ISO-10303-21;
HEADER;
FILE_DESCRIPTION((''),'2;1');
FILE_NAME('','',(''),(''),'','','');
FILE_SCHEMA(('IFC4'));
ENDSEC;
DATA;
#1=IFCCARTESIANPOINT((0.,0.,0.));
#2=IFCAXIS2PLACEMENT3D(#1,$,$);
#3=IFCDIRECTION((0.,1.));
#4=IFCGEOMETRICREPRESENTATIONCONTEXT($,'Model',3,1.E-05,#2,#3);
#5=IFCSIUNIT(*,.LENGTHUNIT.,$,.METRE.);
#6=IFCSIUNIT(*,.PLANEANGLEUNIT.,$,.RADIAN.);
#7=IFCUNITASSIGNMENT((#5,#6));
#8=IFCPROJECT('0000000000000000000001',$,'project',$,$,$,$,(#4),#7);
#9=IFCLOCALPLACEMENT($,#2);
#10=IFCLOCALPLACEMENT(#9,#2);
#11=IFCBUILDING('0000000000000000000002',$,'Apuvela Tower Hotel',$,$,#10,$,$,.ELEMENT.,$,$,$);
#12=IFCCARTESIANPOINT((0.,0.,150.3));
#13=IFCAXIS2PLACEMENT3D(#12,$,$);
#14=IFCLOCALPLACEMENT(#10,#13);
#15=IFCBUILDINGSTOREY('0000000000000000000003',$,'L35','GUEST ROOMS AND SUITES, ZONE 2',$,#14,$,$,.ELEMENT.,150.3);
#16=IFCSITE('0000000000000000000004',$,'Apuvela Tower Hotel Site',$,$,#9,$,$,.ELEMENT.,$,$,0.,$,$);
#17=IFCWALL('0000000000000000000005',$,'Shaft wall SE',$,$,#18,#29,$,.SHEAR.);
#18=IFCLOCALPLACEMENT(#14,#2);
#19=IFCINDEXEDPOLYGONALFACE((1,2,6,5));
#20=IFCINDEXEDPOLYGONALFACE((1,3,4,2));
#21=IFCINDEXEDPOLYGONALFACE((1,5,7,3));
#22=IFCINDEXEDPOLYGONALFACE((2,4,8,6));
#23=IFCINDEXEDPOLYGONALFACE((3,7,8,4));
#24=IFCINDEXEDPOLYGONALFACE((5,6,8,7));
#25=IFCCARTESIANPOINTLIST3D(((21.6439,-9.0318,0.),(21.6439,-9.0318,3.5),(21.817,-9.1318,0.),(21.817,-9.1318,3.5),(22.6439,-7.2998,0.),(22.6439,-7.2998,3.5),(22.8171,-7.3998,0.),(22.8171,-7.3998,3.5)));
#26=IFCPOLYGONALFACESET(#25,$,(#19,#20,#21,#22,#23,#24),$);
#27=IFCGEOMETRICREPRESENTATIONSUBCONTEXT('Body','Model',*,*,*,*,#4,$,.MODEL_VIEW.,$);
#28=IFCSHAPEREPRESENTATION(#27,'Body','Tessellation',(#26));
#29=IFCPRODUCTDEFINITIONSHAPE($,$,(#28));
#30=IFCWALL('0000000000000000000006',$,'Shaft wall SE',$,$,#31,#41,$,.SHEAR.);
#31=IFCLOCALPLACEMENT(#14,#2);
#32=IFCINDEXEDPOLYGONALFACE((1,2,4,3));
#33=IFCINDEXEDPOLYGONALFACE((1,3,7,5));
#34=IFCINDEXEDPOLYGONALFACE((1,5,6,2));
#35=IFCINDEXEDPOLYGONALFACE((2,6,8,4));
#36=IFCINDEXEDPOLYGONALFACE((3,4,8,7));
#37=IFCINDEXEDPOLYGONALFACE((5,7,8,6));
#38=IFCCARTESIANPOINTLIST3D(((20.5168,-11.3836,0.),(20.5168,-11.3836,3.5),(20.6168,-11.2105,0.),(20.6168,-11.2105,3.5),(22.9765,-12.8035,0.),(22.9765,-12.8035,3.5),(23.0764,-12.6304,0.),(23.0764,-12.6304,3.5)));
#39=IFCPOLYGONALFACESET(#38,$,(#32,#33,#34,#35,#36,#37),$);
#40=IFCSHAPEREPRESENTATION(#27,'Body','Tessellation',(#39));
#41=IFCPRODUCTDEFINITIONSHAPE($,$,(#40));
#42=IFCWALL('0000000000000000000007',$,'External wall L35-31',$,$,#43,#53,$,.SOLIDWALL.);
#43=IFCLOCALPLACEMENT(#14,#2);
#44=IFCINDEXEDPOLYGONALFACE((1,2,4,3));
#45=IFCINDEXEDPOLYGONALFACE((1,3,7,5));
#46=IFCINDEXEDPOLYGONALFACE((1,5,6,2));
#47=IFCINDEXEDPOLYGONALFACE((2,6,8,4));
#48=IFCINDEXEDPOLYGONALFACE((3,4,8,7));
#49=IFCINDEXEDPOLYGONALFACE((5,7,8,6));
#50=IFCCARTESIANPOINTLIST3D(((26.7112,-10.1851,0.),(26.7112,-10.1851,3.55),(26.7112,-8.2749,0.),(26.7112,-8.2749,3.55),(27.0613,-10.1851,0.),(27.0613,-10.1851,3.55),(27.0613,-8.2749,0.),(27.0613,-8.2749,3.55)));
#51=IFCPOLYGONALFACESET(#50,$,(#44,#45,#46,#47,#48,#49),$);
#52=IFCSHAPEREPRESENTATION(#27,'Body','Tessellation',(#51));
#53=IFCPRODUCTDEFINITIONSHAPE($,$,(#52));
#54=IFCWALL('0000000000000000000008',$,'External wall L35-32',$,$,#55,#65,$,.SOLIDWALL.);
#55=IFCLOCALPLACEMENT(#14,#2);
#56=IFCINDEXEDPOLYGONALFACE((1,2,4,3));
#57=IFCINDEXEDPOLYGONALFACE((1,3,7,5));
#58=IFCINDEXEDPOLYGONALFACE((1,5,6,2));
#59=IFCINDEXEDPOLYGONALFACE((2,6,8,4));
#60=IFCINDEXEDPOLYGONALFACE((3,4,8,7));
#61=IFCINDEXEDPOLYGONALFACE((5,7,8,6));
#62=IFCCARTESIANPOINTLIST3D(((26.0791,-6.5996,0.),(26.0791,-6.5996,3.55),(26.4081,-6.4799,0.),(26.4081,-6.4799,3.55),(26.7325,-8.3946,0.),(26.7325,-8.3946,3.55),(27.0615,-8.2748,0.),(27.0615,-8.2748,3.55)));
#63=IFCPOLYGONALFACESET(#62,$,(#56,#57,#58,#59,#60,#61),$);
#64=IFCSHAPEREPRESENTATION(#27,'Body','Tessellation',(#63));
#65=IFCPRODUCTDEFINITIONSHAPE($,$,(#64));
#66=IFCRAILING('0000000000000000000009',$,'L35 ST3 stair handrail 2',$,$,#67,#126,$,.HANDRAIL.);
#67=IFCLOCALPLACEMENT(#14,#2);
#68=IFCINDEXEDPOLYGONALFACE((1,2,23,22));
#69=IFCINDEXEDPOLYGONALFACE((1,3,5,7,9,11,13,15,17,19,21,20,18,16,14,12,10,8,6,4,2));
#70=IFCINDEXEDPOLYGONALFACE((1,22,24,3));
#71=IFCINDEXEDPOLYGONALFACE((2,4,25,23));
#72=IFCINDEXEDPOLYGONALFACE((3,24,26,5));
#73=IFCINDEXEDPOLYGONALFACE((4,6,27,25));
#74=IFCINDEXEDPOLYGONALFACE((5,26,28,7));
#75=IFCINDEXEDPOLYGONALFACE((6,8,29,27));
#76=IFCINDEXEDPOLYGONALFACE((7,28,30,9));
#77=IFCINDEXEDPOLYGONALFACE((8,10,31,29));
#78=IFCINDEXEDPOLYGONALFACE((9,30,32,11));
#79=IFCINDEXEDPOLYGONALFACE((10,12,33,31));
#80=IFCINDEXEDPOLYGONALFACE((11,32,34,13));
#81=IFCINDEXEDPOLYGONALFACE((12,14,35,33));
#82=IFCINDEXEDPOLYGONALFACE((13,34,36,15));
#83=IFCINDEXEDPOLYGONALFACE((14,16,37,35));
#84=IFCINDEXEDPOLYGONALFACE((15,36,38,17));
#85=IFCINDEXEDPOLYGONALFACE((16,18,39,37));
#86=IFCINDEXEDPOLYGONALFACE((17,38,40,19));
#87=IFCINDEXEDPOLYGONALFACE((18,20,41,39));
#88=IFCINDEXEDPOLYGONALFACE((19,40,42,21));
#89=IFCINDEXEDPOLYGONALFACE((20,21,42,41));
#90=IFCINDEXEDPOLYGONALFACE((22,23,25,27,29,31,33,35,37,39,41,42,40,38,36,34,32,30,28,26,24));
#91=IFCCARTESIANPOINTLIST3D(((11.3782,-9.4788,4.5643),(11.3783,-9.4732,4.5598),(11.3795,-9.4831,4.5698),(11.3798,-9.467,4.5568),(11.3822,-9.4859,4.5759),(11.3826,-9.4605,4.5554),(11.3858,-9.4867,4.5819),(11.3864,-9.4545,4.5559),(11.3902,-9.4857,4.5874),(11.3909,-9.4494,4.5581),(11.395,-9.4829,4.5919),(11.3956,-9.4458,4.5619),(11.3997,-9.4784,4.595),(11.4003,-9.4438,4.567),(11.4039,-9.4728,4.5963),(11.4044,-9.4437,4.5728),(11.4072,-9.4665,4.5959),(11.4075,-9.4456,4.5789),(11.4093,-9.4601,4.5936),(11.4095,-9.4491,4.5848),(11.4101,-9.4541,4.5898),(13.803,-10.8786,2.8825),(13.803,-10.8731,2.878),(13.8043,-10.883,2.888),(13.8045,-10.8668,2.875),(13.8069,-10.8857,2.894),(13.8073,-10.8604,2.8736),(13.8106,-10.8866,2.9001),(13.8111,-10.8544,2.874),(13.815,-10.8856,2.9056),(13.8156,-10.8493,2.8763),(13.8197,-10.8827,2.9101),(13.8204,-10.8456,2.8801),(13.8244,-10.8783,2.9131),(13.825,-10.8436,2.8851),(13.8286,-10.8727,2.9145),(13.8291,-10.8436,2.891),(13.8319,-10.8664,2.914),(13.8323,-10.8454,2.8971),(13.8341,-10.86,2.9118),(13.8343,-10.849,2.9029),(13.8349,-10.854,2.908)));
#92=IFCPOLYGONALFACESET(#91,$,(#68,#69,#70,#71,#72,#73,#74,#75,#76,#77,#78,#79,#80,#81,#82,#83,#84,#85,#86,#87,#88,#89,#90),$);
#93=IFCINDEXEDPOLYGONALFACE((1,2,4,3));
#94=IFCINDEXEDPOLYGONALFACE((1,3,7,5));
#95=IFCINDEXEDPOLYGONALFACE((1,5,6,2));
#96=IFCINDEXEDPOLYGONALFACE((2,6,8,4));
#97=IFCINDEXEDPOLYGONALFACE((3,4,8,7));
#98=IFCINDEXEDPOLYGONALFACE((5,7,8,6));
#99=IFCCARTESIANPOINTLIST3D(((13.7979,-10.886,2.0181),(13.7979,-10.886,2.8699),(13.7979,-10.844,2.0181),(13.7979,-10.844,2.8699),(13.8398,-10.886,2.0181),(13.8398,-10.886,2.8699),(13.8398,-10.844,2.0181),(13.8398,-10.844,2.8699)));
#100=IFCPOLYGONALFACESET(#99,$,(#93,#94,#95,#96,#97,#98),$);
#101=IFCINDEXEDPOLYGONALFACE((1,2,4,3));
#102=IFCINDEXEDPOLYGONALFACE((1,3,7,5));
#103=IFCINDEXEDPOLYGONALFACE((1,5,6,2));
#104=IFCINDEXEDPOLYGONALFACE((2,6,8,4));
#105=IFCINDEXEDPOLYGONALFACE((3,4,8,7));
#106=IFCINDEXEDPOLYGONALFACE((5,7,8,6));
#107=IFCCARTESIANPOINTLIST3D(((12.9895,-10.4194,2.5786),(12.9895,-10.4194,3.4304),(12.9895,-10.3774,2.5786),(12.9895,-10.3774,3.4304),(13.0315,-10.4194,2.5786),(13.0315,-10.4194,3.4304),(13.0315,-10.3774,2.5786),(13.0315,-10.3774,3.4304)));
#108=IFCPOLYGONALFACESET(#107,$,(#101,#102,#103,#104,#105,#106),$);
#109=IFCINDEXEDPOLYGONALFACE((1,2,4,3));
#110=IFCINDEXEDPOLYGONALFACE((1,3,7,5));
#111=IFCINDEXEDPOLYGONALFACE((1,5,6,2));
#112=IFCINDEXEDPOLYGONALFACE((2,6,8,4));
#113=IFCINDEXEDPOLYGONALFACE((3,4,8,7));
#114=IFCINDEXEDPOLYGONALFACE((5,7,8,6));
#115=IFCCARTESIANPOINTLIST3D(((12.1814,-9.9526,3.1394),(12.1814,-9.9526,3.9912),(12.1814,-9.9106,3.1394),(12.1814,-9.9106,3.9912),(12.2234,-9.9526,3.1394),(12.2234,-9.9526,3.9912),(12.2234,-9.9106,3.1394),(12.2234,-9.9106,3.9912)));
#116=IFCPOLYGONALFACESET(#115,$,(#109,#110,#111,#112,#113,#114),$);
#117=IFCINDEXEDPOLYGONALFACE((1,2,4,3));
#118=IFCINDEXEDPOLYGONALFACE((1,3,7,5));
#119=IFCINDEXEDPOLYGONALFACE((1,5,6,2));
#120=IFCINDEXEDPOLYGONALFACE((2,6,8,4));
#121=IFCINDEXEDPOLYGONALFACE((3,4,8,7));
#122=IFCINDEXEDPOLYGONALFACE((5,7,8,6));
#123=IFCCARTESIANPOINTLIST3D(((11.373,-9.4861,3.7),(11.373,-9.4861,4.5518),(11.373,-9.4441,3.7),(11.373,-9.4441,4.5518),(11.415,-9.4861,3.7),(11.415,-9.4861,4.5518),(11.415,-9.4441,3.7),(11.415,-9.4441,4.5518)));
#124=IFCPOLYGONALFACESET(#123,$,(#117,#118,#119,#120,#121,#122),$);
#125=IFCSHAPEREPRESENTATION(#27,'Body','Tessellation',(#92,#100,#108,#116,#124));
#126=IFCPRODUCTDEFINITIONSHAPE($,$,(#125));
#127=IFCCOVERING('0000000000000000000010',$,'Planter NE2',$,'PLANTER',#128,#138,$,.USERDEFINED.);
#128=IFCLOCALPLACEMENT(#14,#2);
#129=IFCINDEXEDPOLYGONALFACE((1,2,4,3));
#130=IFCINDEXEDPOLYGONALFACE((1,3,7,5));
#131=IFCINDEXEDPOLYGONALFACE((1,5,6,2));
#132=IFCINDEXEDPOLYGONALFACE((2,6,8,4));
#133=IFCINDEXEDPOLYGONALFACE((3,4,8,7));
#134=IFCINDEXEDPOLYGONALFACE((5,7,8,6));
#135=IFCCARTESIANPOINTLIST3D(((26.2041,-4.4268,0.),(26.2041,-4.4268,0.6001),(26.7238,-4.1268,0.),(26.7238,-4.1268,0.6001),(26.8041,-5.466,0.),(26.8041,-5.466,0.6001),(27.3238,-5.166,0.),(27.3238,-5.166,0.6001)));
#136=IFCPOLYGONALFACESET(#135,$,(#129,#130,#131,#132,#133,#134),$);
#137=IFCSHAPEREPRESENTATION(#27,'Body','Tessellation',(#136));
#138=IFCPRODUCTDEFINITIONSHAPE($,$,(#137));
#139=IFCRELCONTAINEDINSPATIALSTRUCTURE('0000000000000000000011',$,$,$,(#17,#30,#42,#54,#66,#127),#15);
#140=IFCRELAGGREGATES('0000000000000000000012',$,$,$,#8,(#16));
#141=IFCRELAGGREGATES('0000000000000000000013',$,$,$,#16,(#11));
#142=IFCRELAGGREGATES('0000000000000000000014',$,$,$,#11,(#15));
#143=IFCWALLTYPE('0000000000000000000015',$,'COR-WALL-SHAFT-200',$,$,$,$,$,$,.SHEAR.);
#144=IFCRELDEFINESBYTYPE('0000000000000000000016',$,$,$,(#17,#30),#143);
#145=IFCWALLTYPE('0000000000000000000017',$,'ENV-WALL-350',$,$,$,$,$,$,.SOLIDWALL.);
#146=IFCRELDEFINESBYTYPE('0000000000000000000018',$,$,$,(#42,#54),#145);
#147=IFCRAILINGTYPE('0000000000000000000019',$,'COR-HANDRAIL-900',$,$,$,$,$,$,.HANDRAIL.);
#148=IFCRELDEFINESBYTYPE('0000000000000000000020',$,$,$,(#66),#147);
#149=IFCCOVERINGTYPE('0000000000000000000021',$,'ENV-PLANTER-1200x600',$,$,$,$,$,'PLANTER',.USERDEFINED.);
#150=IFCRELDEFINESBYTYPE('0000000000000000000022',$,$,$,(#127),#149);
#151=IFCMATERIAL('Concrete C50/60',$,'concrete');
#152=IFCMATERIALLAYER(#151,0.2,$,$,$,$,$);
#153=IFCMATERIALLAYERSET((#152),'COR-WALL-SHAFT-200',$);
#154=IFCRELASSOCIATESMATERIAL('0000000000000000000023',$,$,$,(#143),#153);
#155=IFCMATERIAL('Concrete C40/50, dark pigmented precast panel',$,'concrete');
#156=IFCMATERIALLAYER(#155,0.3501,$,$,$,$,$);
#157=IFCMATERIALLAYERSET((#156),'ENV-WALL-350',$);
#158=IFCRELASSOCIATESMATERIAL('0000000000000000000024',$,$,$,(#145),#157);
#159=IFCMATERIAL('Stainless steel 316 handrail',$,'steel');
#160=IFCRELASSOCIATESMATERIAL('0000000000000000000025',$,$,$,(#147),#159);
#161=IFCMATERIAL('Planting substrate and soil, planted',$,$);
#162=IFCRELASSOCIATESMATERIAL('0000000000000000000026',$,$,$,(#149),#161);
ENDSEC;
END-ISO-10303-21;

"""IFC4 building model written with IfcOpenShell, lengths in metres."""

from ifc_helpers import new_model, si_unit, direction, frame, frame_2d, origin, origin_2d, place, context, subcontext, project, spatial, rectangle, circle, extrude, material, layer, layer_set, type_object, element, save


model = new_model("IFC4")

# Units and contexts
model_context = context("Model", 3, precision=1e-05, world=origin(), true_north=direction((0.0, 1.0)))
body_context = subcontext(model_context, "Body", "Model", "MODEL_VIEW")
ifc_project = project(units=[si_unit("LENGTHUNIT", "METRE"), si_unit("PLANEANGLEUNIT", "RADIAN")], contexts=[model_context])

# Site, building, storey
site_placement = place(None, origin())
site = spatial("IfcSite", under=ifc_project, at=site_placement, Name="Apuvela Tower Hotel Site", CompositionType="ELEMENT", RefElevation=0.0)
building_placement = place(site_placement, origin())
building = spatial("IfcBuilding", under=site, at=building_placement, Name="Apuvela Tower Hotel", CompositionType="ELEMENT")
storey_placement = place(building_placement, frame((0.0, 0.0, 150.3)))
storey = spatial("IfcBuildingStorey", under=building, at=storey_placement, Name="L35", Description="GUEST ROOMS AND SUITES, ZONE 2", CompositionType="ELEMENT", Elevation=150.3)

# Walls
ifc_material_1 = material(Name="Concrete C50/60", Category="concrete")
ifc_layer_1 = layer(ifc_material_1, 0.2)
ifc_layer_set_1 = layer_set([ifc_layer_1], Name="COR-WALL-SHAFT-200")
wall_type_1 = type_object("IfcWallType", Name="COR-WALL-SHAFT-200", PredefinedType="SHEAR", material=ifc_layer_set_1)
for number, where, z_axis, x_axis, name in (
    (1, (21.7305, -9.0818, 0.0), (0.0, 0.0, 1.0), (0.500025, 0.866011, 0.0), "Shaft wall SE"),
):
    element("IfcWall", number, at=place(storey_placement, frame(where, z_axis=z_axis, x_axis=x_axis)), inside=storey, type_object=wall_type_1, Name=name, PredefinedType="SHEAR", context=body_context, shape_type="SweptSolid", body=[
        extrude(rectangle(XDim=2.0, YDim=0.2, at=frame_2d((1.0, 0.0))), origin(), (0.0, 0.0, 1.0), 3.5),
    ])
wall_1_placement = place(storey_placement, frame((20.5669, -11.2971, 0.0), z_axis=(0.0, 0.0, 1.0), x_axis=(0.866055, -0.499948, 0.0)))
element("IfcWall", 2, at=wall_1_placement, inside=storey, type_object=wall_type_1, Name="Shaft wall SE", PredefinedType="SHEAR", context=body_context, shape_type="SweptSolid", body=[
    extrude(rectangle(XDim=2.8401, YDim=0.2, at=frame_2d((1.4199, 0.0))), origin(), (0.0, 0.0, 1.0), 3.5),
])
ifc_material_2 = material(Name="Concrete C40/50, dark pigmented precast panel", Category="concrete")
ifc_layer_2 = layer(ifc_material_2, 0.3501)
ifc_layer_set_2 = layer_set([ifc_layer_2], Name="ENV-WALL-350")
wall_type_2 = type_object("IfcWallType", Name="ENV-WALL-350", PredefinedType="SOLIDWALL", material=ifc_layer_set_2)
for number, where, z_axis, x_axis, name in (
    (3, (26.8862, -10.1851, 0.0), (0.0, 0.0, 1.0), (0.0, 1.0, 0.0), "External wall L35-31"),
    (4, (26.897, -8.3347, 0.0), (0.0, 0.0, 1.0), (-0.34203, 0.939689, 0.0), "External wall L35-32"),
):
    element("IfcWall", number, at=place(storey_placement, frame(where, z_axis=z_axis, x_axis=x_axis)), inside=storey, type_object=wall_type_2, Name=name, PredefinedType="SOLIDWALL", context=body_context, shape_type="SweptSolid", body=[
        extrude(rectangle(XDim=1.9102, YDim=0.3501, at=frame_2d((0.9551, 0.0))), origin(), (0.0, 0.0, 1.0), 3.55),
    ])

# Railing
ifc_material_3 = material(Name="Stainless steel 316 handrail", Category="steel")
railing_type_1 = type_object("IfcRailingType", Name="COR-HANDRAIL-900", PredefinedType="HANDRAIL", material=ifc_material_3)
railing_1_placement = place(storey_placement, frame((13.8188, -10.865, 2.0181)))
element("IfcRailing", 5, at=railing_1_placement, inside=storey, type_object=railing_type_1, Name="L35 ST3 stair handrail 2", PredefinedType="HANDRAIL", context=body_context, shape_type="SweptSolid", body=[
    extrude(circle(Radius=0.0239, at=origin_2d()), frame((0.0, 0.0, 0.876), z_axis=(-0.74239, 0.428601, 0.514934), x_axis=(-0.499984, -0.866035, 0.0)), (0.0, 0.0, 1.0), 3.2661),
    extrude(rectangle(XDim=0.042, YDim=0.042, at=origin_2d()), origin(), (0.0, 0.0, 1.0), 0.8518),
    extrude(rectangle(XDim=0.042, YDim=0.042, at=origin_2d()), frame((-0.8083, 0.4666, 0.5605)), (0.0, 0.0, 1.0), 0.8518),
    extrude(rectangle(XDim=0.042, YDim=0.042, at=origin_2d()), frame((-1.6165, 0.9333, 1.1213)), (0.0, 0.0, 1.0), 0.8518),
    extrude(rectangle(XDim=0.042, YDim=0.042, at=origin_2d()), frame((-2.4248, 1.3999, 1.6819)), (0.0, 0.0, 1.0), 0.8518),
])

# Covering
ifc_material_4 = material(Name="Planting substrate and soil, planted")
covering_type = type_object("IfcCoveringType", Name="ENV-PLANTER-1200x600", ElementType="PLANTER", PredefinedType="USERDEFINED", material=ifc_material_4)
covering_placement = place(storey_placement, frame((26.7639, -4.7964, 0.0), z_axis=(0.0, 0.0, 1.0), x_axis=(-0.5, 0.866025, 0.0)))
element("IfcCovering", 6, at=covering_placement, inside=storey, type_object=covering_type, Name="Planter NE2", ObjectType="PLANTER", PredefinedType="USERDEFINED", context=body_context, shape_type="SweptSolid", body=[
    extrude(rectangle(XDim=1.2, YDim=0.6001, at=origin_2d()), origin(), (0.0, 0.0, 1.0), 0.6001),
])

save(model, "model.ifc")
